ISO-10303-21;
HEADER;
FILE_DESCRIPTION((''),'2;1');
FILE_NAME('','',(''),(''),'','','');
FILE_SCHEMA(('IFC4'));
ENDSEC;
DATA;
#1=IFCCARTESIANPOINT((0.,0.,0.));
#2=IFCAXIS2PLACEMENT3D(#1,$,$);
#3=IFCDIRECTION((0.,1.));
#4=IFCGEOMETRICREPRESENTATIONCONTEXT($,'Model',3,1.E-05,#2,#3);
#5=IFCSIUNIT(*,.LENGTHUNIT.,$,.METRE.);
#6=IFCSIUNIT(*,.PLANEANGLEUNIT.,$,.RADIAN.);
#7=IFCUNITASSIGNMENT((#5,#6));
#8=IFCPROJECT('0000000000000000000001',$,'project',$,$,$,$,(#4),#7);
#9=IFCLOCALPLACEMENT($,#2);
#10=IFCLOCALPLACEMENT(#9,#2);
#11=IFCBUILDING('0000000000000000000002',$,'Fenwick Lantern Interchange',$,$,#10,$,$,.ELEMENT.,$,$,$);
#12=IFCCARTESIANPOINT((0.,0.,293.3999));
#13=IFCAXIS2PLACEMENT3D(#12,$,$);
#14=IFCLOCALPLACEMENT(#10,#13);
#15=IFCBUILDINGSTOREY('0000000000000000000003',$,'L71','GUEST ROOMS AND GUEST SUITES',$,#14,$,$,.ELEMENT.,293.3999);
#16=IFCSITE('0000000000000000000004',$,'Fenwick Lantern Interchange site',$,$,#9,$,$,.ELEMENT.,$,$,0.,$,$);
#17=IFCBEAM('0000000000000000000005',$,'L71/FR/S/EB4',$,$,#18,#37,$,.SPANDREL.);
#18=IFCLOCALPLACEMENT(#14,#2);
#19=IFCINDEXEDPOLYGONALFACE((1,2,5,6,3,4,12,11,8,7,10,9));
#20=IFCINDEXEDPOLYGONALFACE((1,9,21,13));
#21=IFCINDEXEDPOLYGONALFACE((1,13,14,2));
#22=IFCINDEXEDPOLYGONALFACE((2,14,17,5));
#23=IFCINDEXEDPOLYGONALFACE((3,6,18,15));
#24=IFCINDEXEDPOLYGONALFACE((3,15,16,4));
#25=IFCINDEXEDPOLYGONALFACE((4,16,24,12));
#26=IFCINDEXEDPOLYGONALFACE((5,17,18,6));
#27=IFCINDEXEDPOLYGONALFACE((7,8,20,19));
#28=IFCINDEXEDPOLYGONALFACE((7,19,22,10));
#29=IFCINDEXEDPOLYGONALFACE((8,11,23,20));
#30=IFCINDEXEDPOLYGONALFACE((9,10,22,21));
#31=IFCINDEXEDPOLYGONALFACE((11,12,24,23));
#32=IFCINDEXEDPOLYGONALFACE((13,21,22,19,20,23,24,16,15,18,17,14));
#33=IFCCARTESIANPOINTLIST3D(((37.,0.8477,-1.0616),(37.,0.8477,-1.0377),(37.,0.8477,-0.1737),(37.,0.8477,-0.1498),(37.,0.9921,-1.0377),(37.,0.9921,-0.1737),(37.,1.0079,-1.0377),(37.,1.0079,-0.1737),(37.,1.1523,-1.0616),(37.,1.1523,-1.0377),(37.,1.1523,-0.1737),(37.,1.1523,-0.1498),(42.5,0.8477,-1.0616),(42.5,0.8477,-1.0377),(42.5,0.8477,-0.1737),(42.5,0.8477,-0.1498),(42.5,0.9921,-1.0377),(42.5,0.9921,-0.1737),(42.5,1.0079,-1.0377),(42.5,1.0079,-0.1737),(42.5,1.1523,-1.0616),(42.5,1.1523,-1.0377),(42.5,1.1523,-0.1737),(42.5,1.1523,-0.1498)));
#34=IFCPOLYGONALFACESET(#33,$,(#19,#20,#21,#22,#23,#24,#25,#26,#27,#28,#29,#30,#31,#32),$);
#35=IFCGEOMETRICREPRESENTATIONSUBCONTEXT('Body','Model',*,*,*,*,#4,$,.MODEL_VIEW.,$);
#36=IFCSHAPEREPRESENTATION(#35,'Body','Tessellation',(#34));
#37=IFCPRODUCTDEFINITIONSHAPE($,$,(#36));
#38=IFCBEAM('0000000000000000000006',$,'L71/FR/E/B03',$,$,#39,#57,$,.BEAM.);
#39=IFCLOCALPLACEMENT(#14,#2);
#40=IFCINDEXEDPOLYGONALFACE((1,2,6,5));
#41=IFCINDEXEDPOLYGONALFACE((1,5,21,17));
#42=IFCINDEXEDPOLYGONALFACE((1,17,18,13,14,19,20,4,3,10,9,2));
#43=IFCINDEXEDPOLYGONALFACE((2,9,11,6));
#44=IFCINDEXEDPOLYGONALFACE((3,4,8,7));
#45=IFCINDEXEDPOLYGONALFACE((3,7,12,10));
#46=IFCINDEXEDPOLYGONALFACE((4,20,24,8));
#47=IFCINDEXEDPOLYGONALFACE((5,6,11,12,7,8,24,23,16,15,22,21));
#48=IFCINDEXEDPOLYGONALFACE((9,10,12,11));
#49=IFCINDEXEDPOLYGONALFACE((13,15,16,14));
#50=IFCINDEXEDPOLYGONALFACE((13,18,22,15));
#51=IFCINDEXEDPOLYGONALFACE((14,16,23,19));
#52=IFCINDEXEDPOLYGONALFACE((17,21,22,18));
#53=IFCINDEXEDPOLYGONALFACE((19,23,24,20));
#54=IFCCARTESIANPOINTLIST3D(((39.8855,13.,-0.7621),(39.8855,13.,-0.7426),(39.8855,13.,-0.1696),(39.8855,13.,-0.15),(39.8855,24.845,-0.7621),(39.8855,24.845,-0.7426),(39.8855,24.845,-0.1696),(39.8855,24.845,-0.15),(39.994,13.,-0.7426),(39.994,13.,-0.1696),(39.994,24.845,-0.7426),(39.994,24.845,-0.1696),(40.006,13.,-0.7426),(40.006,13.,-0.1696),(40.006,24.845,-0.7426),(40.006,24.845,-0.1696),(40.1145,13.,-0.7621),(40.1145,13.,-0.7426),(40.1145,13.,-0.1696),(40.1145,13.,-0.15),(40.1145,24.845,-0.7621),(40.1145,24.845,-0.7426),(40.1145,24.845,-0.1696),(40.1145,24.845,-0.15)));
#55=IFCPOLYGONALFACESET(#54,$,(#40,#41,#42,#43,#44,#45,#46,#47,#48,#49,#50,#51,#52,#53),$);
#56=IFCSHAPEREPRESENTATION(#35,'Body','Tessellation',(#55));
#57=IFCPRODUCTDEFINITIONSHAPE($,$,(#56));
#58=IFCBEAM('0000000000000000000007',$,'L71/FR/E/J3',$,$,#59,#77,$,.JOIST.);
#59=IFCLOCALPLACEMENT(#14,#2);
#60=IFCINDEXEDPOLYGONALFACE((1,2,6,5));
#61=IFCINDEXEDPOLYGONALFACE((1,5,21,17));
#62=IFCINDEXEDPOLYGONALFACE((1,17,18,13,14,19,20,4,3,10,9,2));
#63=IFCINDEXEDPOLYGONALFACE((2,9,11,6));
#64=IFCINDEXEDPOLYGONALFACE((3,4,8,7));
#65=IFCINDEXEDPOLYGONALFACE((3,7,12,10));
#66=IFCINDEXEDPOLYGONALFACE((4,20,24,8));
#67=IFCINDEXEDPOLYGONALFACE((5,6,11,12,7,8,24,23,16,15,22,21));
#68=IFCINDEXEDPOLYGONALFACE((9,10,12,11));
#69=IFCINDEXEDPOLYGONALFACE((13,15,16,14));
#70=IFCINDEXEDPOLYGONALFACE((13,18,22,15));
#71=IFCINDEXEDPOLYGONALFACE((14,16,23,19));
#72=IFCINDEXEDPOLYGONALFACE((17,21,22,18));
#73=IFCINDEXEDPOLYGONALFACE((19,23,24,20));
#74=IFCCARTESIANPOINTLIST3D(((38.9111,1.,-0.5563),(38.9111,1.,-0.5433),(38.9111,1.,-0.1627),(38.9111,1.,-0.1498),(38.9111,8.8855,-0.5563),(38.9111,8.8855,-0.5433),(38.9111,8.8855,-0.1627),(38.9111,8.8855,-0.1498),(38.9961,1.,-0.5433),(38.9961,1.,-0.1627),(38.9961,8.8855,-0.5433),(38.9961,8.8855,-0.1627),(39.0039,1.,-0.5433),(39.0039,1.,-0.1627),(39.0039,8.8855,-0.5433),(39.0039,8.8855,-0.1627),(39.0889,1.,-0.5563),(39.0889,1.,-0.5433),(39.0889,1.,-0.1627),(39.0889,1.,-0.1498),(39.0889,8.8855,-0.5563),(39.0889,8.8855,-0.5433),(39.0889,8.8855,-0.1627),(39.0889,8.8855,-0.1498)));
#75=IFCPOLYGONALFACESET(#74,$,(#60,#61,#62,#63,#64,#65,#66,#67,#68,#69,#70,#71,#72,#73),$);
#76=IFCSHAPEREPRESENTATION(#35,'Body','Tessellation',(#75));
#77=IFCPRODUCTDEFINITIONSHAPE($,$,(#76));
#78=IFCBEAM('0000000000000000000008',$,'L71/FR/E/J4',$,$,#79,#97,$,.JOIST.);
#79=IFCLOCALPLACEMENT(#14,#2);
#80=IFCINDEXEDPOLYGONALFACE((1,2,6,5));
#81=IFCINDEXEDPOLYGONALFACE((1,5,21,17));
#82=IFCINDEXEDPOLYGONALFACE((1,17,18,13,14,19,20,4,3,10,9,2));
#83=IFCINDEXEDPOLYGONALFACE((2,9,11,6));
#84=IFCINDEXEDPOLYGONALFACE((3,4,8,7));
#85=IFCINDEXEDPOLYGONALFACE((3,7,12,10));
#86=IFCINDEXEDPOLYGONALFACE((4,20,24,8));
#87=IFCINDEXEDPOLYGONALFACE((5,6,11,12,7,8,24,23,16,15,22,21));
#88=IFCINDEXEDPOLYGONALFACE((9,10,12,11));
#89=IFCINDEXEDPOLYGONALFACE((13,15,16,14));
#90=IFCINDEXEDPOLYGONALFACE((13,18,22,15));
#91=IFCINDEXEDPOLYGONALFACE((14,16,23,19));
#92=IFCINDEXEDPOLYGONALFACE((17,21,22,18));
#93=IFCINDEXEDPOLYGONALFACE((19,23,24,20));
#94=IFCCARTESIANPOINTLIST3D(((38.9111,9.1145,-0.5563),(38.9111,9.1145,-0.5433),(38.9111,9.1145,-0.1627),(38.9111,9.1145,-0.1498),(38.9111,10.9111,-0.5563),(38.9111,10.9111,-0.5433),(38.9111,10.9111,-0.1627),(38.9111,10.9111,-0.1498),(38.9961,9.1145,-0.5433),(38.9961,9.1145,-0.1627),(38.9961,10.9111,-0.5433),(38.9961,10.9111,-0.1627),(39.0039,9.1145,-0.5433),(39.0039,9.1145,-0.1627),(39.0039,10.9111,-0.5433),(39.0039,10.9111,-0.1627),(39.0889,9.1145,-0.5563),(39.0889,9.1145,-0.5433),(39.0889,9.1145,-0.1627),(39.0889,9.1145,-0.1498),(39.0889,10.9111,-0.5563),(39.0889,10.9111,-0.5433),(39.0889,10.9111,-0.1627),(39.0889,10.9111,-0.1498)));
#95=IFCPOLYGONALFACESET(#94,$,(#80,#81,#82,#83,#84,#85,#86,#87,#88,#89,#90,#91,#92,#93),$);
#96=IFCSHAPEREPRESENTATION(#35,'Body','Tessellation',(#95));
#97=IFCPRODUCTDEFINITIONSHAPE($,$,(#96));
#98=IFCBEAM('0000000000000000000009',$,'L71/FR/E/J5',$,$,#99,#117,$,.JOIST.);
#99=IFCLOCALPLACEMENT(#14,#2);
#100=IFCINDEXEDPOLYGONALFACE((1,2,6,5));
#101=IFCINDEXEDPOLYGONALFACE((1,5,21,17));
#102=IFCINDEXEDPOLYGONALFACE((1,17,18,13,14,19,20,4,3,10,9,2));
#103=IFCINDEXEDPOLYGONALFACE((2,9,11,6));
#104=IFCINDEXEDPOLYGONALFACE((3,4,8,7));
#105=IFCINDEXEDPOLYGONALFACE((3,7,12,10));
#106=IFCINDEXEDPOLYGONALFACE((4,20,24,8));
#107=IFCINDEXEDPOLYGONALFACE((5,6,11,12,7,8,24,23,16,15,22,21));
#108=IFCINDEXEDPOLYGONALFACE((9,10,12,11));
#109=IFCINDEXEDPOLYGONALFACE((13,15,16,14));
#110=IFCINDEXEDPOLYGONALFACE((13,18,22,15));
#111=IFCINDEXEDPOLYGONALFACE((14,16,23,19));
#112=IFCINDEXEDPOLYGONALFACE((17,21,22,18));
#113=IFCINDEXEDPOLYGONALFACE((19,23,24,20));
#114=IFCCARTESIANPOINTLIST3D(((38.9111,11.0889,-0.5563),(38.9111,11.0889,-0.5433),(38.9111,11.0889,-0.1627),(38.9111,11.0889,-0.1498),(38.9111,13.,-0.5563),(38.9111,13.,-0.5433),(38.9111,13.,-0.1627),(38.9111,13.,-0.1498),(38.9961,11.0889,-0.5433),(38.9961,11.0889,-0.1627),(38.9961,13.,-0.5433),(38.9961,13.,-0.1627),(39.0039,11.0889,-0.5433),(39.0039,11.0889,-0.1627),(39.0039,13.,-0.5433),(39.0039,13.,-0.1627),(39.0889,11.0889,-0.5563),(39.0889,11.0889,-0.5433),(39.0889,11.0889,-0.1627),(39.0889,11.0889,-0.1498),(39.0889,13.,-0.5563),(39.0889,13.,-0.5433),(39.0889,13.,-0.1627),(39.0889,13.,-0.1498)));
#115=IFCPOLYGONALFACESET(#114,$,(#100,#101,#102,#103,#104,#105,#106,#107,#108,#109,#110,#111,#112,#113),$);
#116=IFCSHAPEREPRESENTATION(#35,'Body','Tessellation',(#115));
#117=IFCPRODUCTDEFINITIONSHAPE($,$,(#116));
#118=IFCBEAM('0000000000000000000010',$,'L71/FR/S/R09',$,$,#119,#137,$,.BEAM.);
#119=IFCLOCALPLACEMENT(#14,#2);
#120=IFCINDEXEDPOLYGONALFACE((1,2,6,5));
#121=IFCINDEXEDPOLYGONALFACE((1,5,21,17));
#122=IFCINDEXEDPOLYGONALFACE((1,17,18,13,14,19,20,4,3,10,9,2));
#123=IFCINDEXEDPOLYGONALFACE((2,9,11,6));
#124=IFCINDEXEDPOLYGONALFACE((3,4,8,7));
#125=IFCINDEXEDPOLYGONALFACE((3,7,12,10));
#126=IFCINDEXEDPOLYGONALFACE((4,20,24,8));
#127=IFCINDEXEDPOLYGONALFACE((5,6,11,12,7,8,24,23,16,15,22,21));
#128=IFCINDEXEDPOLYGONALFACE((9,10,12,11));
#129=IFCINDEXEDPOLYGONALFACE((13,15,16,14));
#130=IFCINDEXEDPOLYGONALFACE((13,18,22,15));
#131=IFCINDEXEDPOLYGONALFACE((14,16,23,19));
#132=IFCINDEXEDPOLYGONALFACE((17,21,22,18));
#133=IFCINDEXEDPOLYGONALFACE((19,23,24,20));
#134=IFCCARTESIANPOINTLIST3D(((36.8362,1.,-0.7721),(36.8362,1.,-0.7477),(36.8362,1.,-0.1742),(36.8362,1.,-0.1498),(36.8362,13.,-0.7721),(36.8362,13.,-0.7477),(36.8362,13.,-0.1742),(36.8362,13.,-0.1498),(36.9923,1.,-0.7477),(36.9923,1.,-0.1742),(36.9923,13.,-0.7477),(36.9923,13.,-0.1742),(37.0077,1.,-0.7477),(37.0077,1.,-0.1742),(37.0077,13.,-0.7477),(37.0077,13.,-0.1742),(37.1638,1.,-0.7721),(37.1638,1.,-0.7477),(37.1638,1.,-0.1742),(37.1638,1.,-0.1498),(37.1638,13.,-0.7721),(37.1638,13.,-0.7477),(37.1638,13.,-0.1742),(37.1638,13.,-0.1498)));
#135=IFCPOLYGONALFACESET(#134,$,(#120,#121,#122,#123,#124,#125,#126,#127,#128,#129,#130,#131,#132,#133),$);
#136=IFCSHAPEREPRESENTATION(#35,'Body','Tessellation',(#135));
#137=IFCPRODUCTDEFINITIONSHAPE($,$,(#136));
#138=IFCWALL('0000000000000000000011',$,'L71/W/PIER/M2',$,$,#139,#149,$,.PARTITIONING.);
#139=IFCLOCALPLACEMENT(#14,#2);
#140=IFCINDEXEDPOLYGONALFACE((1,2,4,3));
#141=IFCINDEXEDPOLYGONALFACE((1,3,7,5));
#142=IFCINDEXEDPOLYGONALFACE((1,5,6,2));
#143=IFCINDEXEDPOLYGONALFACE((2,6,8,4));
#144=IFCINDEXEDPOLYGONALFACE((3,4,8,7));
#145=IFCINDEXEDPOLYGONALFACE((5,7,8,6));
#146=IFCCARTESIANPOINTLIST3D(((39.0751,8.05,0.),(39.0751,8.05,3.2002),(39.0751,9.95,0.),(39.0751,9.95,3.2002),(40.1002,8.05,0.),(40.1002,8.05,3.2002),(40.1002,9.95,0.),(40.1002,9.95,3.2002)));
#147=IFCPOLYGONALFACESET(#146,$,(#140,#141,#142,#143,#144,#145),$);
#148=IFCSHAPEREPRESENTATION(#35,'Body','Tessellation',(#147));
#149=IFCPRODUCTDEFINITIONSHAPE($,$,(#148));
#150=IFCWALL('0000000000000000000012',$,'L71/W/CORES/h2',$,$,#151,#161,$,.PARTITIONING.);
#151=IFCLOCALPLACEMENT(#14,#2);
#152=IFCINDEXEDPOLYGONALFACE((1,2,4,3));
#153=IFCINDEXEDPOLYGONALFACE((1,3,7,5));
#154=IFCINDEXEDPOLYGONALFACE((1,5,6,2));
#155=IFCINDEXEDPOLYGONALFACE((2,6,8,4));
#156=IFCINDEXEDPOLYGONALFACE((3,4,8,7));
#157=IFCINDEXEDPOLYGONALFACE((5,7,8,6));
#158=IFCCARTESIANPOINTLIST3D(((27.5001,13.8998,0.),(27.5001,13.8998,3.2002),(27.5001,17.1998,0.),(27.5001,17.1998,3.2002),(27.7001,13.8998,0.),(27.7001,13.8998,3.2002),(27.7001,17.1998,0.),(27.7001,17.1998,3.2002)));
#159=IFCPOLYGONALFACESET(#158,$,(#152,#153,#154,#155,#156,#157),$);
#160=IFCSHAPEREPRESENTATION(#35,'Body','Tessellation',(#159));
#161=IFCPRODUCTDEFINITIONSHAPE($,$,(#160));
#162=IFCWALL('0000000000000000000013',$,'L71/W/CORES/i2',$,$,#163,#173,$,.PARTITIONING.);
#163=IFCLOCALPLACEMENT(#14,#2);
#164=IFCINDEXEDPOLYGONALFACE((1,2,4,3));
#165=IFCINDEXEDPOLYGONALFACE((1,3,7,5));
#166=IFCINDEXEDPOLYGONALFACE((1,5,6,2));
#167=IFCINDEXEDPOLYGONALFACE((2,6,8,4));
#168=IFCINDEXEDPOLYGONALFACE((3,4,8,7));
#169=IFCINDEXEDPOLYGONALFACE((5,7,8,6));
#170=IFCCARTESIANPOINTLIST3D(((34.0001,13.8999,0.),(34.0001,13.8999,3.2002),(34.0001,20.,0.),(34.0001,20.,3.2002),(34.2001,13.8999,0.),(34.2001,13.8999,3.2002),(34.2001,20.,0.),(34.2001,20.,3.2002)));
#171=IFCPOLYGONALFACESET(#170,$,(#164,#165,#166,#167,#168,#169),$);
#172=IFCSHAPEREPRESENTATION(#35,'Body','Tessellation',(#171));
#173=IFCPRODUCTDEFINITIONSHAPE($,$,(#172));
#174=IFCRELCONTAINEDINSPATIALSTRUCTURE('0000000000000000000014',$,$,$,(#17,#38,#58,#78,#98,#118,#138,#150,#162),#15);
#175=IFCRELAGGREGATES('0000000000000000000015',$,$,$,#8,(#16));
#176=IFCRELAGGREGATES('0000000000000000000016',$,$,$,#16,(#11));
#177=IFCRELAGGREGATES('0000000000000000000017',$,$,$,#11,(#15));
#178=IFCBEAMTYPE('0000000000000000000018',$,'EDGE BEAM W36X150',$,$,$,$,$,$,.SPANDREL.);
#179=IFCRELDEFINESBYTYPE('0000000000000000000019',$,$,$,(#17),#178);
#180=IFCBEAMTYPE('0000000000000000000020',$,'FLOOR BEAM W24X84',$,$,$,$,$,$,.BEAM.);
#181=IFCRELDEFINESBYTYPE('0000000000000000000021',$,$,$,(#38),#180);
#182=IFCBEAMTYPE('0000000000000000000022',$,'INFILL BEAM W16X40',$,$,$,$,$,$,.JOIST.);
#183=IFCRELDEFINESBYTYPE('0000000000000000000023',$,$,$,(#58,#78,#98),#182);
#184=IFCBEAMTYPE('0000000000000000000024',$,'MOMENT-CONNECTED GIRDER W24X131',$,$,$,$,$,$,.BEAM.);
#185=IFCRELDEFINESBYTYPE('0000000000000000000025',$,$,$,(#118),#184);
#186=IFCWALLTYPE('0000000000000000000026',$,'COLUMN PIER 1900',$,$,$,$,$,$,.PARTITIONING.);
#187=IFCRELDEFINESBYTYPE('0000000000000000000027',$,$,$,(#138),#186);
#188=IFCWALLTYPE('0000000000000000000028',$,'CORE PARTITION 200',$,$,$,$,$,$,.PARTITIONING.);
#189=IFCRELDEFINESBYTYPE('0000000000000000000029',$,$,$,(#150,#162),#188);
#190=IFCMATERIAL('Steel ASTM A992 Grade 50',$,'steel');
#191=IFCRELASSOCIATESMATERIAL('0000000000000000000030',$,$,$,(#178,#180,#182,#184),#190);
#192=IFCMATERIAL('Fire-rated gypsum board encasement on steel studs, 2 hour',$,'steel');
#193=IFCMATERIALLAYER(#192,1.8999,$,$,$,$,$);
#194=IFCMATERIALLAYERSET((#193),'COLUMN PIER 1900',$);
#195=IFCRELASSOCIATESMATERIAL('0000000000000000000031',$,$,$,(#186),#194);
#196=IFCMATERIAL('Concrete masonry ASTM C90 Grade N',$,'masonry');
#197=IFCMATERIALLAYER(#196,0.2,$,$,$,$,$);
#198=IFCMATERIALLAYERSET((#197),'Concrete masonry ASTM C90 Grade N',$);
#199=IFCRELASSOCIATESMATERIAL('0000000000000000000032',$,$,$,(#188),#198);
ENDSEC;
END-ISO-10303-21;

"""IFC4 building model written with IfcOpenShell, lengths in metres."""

from ifc_helpers import new_model, si_unit, direction, frame, frame_2d, origin, origin_2d, place, context, subcontext, project, spatial, rectangle, i_section, extrude, material, layer, layer_set, material_profile, profile_set, type_object, element, save


model = new_model("IFC4")

# Units and contexts
model_context = context("Model", 3, precision=1e-05, world=origin(), true_north=direction((0.0, 1.0)))
body_context = subcontext(model_context, "Body", "Model", "MODEL_VIEW")
ifc_project = project(units=[si_unit("LENGTHUNIT", "METRE"), si_unit("PLANEANGLEUNIT", "RADIAN")], contexts=[model_context])

# Site, building, storey
site_placement = place(None, origin())
site = spatial("IfcSite", under=ifc_project, at=site_placement, Name="Fenwick Lantern Interchange site", CompositionType="ELEMENT", RefElevation=0.0)
building_placement = place(site_placement, origin())
building = spatial("IfcBuilding", under=site, at=building_placement, Name="Fenwick Lantern Interchange", CompositionType="ELEMENT")
storey_placement = place(building_placement, frame((0.0, 0.0, 293.3999)))
storey = spatial("IfcBuildingStorey", under=building, at=storey_placement, Name="L71", Description="GUEST ROOMS AND GUEST SUITES", CompositionType="ELEMENT", Elevation=293.3999)

# Beams
ifc_material_1 = material(Name="Steel ASTM A992 Grade 50", Category="steel")
ifc_material_profile_1 = material_profile(ifc_material_1, i_section(OverallWidth=0.3047, OverallDepth=0.9119, WebThickness=0.0159, FlangeThickness=0.0239, at=origin_2d()), Name="W36X150")
ifc_profile_set_1 = profile_set([ifc_material_profile_1], Name="Steel ASTM A992 Grade 50")
beam_type_1 = type_object("IfcBeamType", Name="EDGE BEAM W36X150", PredefinedType="SPANDREL", material=ifc_profile_set_1)
beam_1_placement = place(storey_placement, frame((37.0, 1.0, -0.6057), z_axis=(1.0, 0.0, 0.0), x_axis=(0.0, 1.0, 0.0)))
element("IfcBeam", 1, at=beam_1_placement, inside=storey, type_object=beam_type_1, Name="L71/FR/S/EB4", PredefinedType="SPANDREL", context=body_context, shape_type="SweptSolid", body=[
    extrude(i_section(OverallWidth=0.3047, OverallDepth=0.9119, WebThickness=0.0159, FlangeThickness=0.0239, at=origin_2d()), origin(), (0.0, 0.0, 1.0), 5.5),
])
ifc_material_profile_2 = material_profile(ifc_material_1, i_section(OverallWidth=0.229, OverallDepth=0.6121, WebThickness=0.012, FlangeThickness=0.0195, at=origin_2d()), Name="W24X84")
ifc_profile_set_2 = profile_set([ifc_material_profile_2], Name="Steel ASTM A992 Grade 50")
beam_type_2 = type_object("IfcBeamType", Name="FLOOR BEAM W24X84", PredefinedType="BEAM", material=ifc_profile_set_2)
beam_2_placement = place(storey_placement, frame((40.0, 13.0, -0.4561), z_axis=(0.0, 1.0, 0.0), x_axis=(-1.0, 0.0, 0.0)))
element("IfcBeam", 2, at=beam_2_placement, inside=storey, type_object=beam_type_2, Name="L71/FR/E/B03", PredefinedType="BEAM", context=body_context, shape_type="SweptSolid", body=[
    extrude(i_section(OverallWidth=0.229, OverallDepth=0.6121, WebThickness=0.012, FlangeThickness=0.0195, at=origin_2d()), origin(), (0.0, 0.0, 1.0), 11.845),
])
ifc_material_profile_3 = material_profile(ifc_material_1, i_section(OverallWidth=0.1777, OverallDepth=0.4065, WebThickness=0.0078, FlangeThickness=0.0129, at=origin_2d()), Name="W16X40")
ifc_profile_set_3 = profile_set([ifc_material_profile_3], Name="Steel ASTM A992 Grade 50")
beam_type_3 = type_object("IfcBeamType", Name="INFILL BEAM W16X40", PredefinedType="JOIST", material=ifc_profile_set_3)
beam_3_placement = place(storey_placement, frame((39.0, 1.0, -0.353), z_axis=(0.0, 1.0, 0.0), x_axis=(-1.0, 0.0, 0.0)))
element("IfcBeam", 3, at=beam_3_placement, inside=storey, type_object=beam_type_3, Name="L71/FR/E/J3", PredefinedType="JOIST", context=body_context, shape_type="SweptSolid", body=[
    extrude(i_section(OverallWidth=0.1777, OverallDepth=0.4065, WebThickness=0.0078, FlangeThickness=0.0129, at=origin_2d()), origin(), (0.0, 0.0, 1.0), 7.8855),
])
beam_4_placement = place(storey_placement, frame((39.0, 9.1145, -0.353), z_axis=(0.0, 1.0, 0.0), x_axis=(-1.0, 0.0, 0.0)))
element("IfcBeam", 4, at=beam_4_placement, inside=storey, type_object=beam_type_3, Name="L71/FR/E/J4", PredefinedType="JOIST", context=body_context, shape_type="SweptSolid", body=[
    extrude(i_section(OverallWidth=0.1777, OverallDepth=0.4065, WebThickness=0.0078, FlangeThickness=0.0129, at=origin_2d()), origin(), (0.0, 0.0, 1.0), 1.7966),
])
beam_5_placement = place(storey_placement, frame((39.0, 11.0889, -0.353), z_axis=(0.0, 1.0, 0.0), x_axis=(-1.0, 0.0, 0.0)))
element("IfcBeam", 5, at=beam_5_placement, inside=storey, type_object=beam_type_3, Name="L71/FR/E/J5", PredefinedType="JOIST", context=body_context, shape_type="SweptSolid", body=[
    extrude(i_section(OverallWidth=0.1777, OverallDepth=0.4065, WebThickness=0.0078, FlangeThickness=0.0129, at=origin_2d()), origin(), (0.0, 0.0, 1.0), 1.9111),
])
ifc_material_profile_4 = material_profile(ifc_material_1, i_section(OverallWidth=0.3276, OverallDepth=0.6223, WebThickness=0.0154, FlangeThickness=0.0244, at=origin_2d()), Name="W24X131")
ifc_profile_set_4 = profile_set([ifc_material_profile_4], Name="Steel ASTM A992 Grade 50")
beam_type_4 = type_object("IfcBeamType", Name="MOMENT-CONNECTED GIRDER W24X131", PredefinedType="BEAM", material=ifc_profile_set_4)
beam_6_placement = place(storey_placement, frame((37.0, 1.0, -0.4609), z_axis=(0.0, 1.0, 0.0), x_axis=(-1.0, 0.0, 0.0)))
element("IfcBeam", 6, at=beam_6_placement, inside=storey, type_object=beam_type_4, Name="L71/FR/S/R09", PredefinedType="BEAM", context=body_context, shape_type="SweptSolid", body=[
    extrude(i_section(OverallWidth=0.3276, OverallDepth=0.6223, WebThickness=0.0154, FlangeThickness=0.0244, at=origin_2d()), origin(), (0.0, 0.0, 1.0), 12.0),
])

# Walls
ifc_material_2 = material(Name="Fire-rated gypsum board encasement on steel studs, 2 hour", Category="steel")
ifc_layer_1 = layer(ifc_material_2, 1.8999)
ifc_layer_set_1 = layer_set([ifc_layer_1], Name="COLUMN PIER 1900")
wall_type_1 = type_object("IfcWallType", Name="COLUMN PIER 1900", PredefinedType="PARTITIONING", material=ifc_layer_set_1)
wall_1_placement = place(storey_placement, frame((39.075, 9.0, 0.0), z_axis=(0.0, 0.0, 1.0), x_axis=(1.0, 0.0, 0.0)))
element("IfcWall", 7, at=wall_1_placement, inside=storey, type_object=wall_type_1, Name="L71/W/PIER/M2", PredefinedType="PARTITIONING", context=body_context, shape_type="SweptSolid", body=[
    extrude(rectangle(XDim=1.0251, YDim=1.8999, at=frame_2d((0.5127, 0.0))), origin(), (0.0, 0.0, 1.0), 3.2002),
])
ifc_material_3 = material(Name="Concrete masonry ASTM C90 Grade N", Category="masonry")
ifc_layer_2 = layer(ifc_material_3, 0.2)
ifc_layer_set_2 = layer_set([ifc_layer_2], Name="Concrete masonry ASTM C90 Grade N")
wall_type_2 = type_object("IfcWallType", Name="CORE PARTITION 200", PredefinedType="PARTITIONING", material=ifc_layer_set_2)
wall_2_placement = place(storey_placement, frame((27.6001, 13.8999, 0.0), z_axis=(0.0, 0.0, 1.0), x_axis=(0.0, 1.0, 0.0)))
element("IfcWall", 8, at=wall_2_placement, inside=storey, type_object=wall_type_2, Name="L71/W/CORES/h2", PredefinedType="PARTITIONING", context=body_context, shape_type="SweptSolid", body=[
    extrude(rectangle(XDim=3.3, YDim=0.2, at=frame_2d((1.6499, 0.0))), origin(), (0.0, 0.0, 1.0), 3.2002),
])
wall_3_placement = place(storey_placement, frame((34.1001, 13.8999, 0.0), z_axis=(0.0, 0.0, 1.0), x_axis=(0.0, 1.0, 0.0)))
element("IfcWall", 9, at=wall_3_placement, inside=storey, type_object=wall_type_2, Name="L71/W/CORES/i2", PredefinedType="PARTITIONING", context=body_context, shape_type="SweptSolid", body=[
    extrude(rectangle(XDim=6.1001, YDim=0.2, at=frame_2d((3.05, 0.0))), origin(), (0.0, 0.0, 1.0), 3.2002),
])

save(model, "model.ifc")
